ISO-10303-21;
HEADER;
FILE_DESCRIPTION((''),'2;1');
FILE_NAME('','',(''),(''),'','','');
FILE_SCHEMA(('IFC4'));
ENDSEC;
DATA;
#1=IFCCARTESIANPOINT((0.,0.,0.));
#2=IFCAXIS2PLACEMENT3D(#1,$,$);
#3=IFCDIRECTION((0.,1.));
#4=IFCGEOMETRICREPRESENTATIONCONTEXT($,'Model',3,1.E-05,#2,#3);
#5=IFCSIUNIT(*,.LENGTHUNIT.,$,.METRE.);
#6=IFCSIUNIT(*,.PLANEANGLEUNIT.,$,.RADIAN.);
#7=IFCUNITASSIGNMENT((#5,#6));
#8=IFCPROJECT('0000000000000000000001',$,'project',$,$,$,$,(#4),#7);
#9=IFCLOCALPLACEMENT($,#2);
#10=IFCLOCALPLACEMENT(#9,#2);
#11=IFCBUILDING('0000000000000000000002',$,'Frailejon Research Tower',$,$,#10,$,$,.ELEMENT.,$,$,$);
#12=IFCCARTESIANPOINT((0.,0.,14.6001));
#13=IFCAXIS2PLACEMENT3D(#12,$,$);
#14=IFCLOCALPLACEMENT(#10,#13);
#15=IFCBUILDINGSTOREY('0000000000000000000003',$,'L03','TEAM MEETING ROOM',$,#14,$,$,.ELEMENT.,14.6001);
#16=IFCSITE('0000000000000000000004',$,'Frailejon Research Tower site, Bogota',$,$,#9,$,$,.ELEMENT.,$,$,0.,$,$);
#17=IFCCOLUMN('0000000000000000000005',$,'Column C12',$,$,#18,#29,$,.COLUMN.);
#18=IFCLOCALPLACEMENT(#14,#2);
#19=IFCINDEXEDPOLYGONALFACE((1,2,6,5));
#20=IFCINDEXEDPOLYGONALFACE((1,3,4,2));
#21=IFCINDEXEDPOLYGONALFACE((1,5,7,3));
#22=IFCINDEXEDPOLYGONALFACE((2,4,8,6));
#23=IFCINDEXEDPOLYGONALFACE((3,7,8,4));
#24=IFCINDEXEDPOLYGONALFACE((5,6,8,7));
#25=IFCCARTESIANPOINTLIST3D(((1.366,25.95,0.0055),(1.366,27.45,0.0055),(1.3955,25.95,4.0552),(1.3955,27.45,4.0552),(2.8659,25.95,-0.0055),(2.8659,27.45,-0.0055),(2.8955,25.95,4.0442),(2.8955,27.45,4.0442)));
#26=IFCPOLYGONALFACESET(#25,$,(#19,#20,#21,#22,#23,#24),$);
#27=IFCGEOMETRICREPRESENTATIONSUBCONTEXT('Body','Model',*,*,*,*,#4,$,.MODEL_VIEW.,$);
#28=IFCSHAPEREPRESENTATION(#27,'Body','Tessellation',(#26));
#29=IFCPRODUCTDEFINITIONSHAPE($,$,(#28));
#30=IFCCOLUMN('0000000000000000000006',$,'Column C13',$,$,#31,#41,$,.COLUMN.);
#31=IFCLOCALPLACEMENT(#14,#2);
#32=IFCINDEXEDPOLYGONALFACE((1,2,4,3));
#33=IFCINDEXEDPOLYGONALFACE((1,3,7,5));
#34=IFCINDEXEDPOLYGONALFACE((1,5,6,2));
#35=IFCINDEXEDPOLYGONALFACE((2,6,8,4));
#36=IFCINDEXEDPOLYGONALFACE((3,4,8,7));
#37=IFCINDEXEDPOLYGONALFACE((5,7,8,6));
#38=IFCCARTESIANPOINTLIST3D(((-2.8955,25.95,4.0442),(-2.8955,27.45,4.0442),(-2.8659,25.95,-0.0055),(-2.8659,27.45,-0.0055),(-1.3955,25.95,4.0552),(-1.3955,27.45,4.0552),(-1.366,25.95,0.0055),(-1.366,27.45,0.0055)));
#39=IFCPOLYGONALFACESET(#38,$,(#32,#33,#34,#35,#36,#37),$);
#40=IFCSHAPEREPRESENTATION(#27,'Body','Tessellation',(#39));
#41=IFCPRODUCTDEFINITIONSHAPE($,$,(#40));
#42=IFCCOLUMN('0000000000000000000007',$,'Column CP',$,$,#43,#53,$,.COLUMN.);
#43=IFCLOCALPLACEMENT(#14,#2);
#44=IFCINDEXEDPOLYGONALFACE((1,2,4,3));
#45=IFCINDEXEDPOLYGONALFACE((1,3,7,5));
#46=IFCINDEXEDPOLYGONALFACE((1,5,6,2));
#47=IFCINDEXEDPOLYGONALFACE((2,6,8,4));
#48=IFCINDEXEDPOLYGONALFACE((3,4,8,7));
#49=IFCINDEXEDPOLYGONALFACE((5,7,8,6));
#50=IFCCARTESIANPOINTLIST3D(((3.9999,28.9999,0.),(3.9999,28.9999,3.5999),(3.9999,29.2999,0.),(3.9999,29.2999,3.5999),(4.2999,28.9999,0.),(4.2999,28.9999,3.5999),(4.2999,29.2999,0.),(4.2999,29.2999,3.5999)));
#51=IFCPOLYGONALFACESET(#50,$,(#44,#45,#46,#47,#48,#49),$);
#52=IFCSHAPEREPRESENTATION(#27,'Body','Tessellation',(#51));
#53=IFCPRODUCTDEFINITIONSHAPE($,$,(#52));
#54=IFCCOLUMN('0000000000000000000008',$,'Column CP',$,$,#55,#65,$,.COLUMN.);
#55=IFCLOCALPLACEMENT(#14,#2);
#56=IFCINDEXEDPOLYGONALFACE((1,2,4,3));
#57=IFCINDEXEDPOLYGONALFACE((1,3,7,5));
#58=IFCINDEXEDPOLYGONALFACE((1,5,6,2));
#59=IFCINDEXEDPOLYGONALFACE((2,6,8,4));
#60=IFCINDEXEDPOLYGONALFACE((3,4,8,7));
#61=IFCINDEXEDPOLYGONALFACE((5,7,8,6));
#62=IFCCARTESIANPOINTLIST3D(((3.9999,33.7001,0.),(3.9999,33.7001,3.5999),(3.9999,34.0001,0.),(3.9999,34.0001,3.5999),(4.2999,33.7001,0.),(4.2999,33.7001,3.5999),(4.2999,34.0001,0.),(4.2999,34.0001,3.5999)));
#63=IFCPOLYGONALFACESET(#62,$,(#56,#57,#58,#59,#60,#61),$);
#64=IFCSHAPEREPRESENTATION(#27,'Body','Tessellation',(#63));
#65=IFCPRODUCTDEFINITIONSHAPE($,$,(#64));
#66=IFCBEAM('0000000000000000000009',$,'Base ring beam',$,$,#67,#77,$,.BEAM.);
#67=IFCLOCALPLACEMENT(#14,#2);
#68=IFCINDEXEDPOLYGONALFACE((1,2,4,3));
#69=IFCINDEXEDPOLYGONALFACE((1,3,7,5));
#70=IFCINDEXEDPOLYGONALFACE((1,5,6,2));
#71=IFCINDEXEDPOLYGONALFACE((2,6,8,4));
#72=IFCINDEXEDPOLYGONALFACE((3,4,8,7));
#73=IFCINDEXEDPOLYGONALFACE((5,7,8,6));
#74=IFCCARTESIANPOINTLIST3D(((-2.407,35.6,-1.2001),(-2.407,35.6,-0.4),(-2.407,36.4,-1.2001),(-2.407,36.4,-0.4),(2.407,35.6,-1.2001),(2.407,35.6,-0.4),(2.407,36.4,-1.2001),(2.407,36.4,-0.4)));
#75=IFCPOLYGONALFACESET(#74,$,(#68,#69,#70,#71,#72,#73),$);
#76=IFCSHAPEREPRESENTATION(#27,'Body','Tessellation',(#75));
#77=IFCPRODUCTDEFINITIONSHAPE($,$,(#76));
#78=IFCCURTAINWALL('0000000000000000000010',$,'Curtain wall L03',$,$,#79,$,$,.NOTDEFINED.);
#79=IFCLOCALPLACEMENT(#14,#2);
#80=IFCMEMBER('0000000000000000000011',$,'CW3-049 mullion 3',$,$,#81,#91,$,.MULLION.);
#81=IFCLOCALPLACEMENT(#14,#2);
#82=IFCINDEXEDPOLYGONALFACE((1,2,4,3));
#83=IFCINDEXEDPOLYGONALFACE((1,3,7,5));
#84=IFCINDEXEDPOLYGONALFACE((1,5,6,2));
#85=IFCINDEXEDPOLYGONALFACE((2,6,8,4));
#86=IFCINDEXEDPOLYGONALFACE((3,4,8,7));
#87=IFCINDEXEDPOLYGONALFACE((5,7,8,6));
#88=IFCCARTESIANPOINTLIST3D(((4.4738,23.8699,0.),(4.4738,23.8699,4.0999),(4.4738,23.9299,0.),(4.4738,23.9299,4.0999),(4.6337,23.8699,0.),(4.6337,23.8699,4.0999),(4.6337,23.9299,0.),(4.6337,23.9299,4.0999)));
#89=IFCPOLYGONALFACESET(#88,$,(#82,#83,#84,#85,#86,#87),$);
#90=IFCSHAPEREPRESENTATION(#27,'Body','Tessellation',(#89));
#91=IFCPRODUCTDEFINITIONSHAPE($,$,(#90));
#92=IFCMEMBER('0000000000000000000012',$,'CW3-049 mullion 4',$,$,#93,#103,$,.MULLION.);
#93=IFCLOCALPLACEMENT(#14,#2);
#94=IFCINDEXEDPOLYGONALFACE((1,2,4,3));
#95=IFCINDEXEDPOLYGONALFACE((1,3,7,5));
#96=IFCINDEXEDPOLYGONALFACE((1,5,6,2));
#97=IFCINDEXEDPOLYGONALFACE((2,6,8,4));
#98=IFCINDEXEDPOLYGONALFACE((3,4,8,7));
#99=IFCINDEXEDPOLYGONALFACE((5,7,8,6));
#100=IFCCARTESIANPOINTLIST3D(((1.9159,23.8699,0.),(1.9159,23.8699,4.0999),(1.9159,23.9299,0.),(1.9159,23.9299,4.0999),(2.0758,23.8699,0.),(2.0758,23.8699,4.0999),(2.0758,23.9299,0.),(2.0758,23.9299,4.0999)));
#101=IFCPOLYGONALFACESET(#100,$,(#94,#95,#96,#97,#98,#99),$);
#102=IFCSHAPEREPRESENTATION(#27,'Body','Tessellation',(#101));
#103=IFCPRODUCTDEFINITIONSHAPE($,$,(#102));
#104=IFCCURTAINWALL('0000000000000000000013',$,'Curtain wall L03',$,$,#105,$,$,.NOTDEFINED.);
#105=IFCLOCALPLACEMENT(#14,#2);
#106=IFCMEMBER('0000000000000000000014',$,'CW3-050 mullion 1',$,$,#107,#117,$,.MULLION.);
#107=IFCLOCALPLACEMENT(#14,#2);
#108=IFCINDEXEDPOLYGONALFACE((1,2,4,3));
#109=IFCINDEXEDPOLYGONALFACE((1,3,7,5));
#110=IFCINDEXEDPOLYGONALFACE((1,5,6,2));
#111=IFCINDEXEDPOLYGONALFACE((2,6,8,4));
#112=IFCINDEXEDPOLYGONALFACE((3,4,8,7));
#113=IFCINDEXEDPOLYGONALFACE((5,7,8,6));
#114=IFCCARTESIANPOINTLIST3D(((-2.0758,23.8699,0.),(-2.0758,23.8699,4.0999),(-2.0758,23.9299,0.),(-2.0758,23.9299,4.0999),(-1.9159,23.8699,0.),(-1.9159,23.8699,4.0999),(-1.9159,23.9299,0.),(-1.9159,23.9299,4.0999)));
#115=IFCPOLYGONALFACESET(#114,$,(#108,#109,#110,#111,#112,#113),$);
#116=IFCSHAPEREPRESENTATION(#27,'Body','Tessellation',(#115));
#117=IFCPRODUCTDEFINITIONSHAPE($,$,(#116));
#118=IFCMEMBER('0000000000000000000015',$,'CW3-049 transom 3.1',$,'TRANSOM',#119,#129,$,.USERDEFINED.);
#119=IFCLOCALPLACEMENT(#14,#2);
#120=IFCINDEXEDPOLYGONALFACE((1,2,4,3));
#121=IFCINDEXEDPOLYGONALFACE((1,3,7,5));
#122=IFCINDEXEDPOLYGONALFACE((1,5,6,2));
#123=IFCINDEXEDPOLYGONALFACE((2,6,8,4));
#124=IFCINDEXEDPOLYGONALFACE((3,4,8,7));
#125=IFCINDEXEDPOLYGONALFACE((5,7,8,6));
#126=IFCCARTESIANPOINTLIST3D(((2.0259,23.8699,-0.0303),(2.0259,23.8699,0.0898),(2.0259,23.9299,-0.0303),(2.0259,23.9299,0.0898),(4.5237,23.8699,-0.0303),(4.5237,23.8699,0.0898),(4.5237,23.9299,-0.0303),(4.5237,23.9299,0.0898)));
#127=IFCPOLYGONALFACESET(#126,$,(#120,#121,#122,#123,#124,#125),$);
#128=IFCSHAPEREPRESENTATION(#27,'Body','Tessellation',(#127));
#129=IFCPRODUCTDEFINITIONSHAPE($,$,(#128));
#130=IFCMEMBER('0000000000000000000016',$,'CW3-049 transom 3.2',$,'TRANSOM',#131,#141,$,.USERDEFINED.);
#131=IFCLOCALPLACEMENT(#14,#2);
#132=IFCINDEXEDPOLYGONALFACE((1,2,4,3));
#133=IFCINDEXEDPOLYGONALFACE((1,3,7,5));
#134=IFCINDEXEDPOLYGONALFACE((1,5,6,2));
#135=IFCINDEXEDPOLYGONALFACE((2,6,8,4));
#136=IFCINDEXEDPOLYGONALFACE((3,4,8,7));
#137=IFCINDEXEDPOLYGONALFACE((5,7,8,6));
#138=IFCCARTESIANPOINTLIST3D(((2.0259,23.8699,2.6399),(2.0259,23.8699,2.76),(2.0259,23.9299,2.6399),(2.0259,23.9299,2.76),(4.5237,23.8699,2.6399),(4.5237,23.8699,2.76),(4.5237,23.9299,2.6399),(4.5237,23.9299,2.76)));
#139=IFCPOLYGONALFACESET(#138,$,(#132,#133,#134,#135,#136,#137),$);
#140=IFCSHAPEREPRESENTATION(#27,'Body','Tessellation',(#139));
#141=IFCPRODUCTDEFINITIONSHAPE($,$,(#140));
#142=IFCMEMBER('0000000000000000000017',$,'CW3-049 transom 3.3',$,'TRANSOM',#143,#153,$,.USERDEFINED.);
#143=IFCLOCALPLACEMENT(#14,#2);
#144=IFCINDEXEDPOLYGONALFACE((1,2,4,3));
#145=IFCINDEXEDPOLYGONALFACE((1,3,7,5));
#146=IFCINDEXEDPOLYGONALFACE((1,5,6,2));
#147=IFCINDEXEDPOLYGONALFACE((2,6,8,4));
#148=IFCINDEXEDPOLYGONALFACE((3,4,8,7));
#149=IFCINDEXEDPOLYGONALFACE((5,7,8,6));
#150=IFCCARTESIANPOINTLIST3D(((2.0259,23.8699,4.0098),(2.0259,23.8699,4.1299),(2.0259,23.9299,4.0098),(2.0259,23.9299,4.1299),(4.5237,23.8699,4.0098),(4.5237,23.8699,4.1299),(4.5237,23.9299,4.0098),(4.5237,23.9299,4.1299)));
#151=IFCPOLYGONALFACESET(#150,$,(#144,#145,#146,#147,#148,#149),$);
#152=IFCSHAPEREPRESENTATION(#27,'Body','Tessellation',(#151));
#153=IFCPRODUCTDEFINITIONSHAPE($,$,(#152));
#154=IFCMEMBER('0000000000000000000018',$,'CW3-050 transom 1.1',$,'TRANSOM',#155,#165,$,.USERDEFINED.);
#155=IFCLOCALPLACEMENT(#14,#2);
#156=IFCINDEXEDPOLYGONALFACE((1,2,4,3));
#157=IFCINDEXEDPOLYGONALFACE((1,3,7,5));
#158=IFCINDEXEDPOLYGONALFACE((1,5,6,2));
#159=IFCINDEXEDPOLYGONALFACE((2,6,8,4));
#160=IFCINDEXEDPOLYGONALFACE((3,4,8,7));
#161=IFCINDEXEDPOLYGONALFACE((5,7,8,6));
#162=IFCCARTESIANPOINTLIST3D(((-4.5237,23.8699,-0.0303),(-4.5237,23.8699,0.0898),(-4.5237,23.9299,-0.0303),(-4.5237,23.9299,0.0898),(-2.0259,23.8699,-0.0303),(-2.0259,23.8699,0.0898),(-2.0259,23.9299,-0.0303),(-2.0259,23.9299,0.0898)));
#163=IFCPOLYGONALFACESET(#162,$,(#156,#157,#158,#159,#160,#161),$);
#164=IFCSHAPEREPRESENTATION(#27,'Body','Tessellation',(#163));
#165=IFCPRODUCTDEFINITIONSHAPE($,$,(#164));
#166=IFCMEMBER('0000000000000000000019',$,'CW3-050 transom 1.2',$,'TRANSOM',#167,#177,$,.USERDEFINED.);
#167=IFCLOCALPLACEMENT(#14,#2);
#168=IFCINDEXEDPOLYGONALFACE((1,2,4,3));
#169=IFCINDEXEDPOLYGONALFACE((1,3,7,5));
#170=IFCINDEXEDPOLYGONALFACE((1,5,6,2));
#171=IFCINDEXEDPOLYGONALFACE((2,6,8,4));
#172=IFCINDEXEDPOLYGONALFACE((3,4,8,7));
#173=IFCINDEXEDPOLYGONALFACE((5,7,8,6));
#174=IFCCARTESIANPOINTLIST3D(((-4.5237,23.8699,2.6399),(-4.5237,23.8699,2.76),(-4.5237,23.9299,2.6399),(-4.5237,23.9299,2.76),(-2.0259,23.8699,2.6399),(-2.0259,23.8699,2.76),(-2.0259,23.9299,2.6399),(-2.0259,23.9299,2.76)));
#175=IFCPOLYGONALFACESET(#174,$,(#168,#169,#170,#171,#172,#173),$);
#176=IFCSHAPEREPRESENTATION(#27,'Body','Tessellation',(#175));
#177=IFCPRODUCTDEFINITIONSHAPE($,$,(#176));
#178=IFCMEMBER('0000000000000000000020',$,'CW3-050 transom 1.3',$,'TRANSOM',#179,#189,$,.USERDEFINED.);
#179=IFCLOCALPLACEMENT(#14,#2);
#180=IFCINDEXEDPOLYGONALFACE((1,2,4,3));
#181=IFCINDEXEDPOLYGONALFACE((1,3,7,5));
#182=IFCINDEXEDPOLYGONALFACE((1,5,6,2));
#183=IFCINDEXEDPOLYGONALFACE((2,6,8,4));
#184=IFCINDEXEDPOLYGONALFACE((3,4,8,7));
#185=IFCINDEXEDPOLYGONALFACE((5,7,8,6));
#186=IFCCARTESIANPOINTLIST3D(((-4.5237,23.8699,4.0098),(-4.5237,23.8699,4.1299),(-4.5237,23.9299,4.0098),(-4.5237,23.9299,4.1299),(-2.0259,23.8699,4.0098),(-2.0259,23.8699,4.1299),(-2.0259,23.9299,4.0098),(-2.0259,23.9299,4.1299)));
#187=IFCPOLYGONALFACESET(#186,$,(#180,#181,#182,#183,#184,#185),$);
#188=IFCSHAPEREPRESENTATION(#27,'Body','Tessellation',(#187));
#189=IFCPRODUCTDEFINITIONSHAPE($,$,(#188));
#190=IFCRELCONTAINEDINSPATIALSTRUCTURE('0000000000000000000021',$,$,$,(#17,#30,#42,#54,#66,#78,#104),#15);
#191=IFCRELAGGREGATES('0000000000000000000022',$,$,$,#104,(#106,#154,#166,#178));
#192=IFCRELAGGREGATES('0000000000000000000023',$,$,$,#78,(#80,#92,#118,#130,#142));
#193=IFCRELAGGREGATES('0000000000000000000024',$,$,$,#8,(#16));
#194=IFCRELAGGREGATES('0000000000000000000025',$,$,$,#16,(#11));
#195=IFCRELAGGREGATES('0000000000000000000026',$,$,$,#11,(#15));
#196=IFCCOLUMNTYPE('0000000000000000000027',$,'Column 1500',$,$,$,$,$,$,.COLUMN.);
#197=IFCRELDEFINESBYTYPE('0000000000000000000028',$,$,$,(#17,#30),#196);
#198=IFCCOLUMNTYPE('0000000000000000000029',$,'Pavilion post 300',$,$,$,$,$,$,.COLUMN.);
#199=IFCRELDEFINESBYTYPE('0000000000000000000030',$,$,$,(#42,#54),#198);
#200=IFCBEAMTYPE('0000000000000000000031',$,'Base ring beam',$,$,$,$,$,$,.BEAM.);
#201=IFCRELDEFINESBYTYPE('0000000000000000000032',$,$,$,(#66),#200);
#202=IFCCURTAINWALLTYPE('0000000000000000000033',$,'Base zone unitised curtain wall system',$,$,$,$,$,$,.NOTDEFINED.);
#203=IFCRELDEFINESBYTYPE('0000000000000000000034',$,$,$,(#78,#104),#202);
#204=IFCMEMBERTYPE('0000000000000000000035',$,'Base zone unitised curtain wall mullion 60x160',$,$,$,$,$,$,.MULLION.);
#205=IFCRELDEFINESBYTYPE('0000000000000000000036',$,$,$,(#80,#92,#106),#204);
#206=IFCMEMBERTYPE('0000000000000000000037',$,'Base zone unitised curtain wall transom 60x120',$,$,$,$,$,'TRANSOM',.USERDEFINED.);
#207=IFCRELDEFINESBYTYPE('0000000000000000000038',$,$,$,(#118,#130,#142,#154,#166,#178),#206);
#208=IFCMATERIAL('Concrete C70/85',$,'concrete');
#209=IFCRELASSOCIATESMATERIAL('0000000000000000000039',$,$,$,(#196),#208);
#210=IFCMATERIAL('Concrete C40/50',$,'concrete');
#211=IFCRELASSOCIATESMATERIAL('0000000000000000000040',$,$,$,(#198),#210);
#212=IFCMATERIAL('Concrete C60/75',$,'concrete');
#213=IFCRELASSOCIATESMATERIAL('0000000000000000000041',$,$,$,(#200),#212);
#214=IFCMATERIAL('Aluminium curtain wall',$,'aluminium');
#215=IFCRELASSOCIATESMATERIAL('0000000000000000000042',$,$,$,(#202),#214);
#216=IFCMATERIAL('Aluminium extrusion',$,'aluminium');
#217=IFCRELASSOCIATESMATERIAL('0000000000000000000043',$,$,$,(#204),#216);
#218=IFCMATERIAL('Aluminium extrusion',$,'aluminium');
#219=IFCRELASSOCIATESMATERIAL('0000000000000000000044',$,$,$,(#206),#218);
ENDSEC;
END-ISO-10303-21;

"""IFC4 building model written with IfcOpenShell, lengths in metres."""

from ifc_helpers import new_model, si_unit, direction, frame, origin, origin_2d, place, context, subcontext, project, spatial, rectangle, extrude, material, material_profile, profile_set, type_object, element, aggregate, save


model = new_model("IFC4")

# Units and contexts
model_context = context("Model", 3, precision=1e-05, world=origin(), true_north=direction((0.0, 1.0)))
body_context = subcontext(model_context, "Body", "Model", "MODEL_VIEW")
ifc_project = project(units=[si_unit("LENGTHUNIT", "METRE"), si_unit("PLANEANGLEUNIT", "RADIAN")], contexts=[model_context])

# Site, building, storey
site_placement = place(None, origin())
site = spatial("IfcSite", under=ifc_project, at=site_placement, Name="Frailejon Research Tower site, Bogota", CompositionType="ELEMENT", RefElevation=0.0)
building_placement = place(site_placement, origin())
building = spatial("IfcBuilding", under=site, at=building_placement, Name="Frailejon Research Tower", CompositionType="ELEMENT")
storey_placement = place(building_placement, frame((0.0, 0.0, 14.6001)))
storey = spatial("IfcBuildingStorey", under=building, at=storey_placement, Name="L03", Description="TEAM MEETING ROOM", CompositionType="ELEMENT", Elevation=14.6001)

# Columns
ifc_material_1 = material(Name="Concrete C70/85", Category="concrete")
ifc_material_profile_1 = material_profile(ifc_material_1, rectangle(XDim=1.5, YDim=1.5, at=origin_2d()), Name="Column 1500")
ifc_profile_set_1 = profile_set([ifc_material_profile_1], Name="Concrete C70/85")
column_type_1 = type_object("IfcColumnType", Name="Column 1500", PredefinedType="COLUMN", material=ifc_profile_set_1)
for number, where, z_axis, x_axis, name in (
    (1, (2.116, 26.7, 0.0), (0.007294, 0.0, 0.999973), (-0.999973, 0.0, 0.007294), "Column C12"),
    (2, (-2.116, 26.7, 0.0), (-0.007294, 0.0, 0.999973), (-0.999973, 0.0, -0.007294), "Column C13"),
):
    element("IfcColumn", number, at=place(storey_placement, frame(where, z_axis=z_axis, x_axis=x_axis)), inside=storey, type_object=column_type_1, Name=name, PredefinedType="COLUMN", context=body_context, shape_type="SweptSolid", body=[
        extrude(rectangle(XDim=1.5, YDim=1.5, at=origin_2d()), origin(), (0.0, 0.0, 1.0), 4.0498),
    ])
ifc_material_2 = material(Name="Concrete C40/50", Category="concrete")
ifc_material_profile_2 = material_profile(ifc_material_2, rectangle(XDim=0.3, YDim=0.3, at=origin_2d()), Name="Pavilion post 300")
ifc_profile_set_2 = profile_set([ifc_material_profile_2], Name="Concrete C40/50")
column_type_2 = type_object("IfcColumnType", Name="Pavilion post 300", PredefinedType="COLUMN", material=ifc_profile_set_2)
for number, where, z_axis, x_axis, name in (
    (3, (4.1499, 29.1499, 0.0), (0.0, 0.0, 1.0), (1.0, 0.0, 0.0), "Column CP"),
    (4, (4.1499, 33.8501, 0.0), (0.0, 0.0, 1.0), (1.0, 0.0, 0.0), "Column CP"),
):
    element("IfcColumn", number, at=place(storey_placement, frame(where, z_axis=z_axis, x_axis=x_axis)), inside=storey, type_object=column_type_2, Name=name, PredefinedType="COLUMN", context=body_context, shape_type="SweptSolid", body=[
        extrude(rectangle(XDim=0.3, YDim=0.3, at=origin_2d()), origin(), (0.0, 0.0, 1.0), 3.5999),
    ])

# Beam
ifc_material_3 = material(Name="Concrete C60/75", Category="concrete")
ifc_material_profile_3 = material_profile(ifc_material_3, rectangle(XDim=0.8, YDim=0.8, at=origin_2d()), Name="Base ring beam")
ifc_profile_set_3 = profile_set([ifc_material_profile_3], Name="Concrete C60/75")
beam_type_1 = type_object("IfcBeamType", Name="Base ring beam", PredefinedType="BEAM", material=ifc_profile_set_3)
beam_1_placement = place(storey_placement, frame((2.407, 36.0, -0.8), z_axis=(-1.0, 0.0, 0.0), x_axis=(0.0, -1.0, 0.0)))
element("IfcBeam", 5, at=beam_1_placement, inside=storey, type_object=beam_type_1, Name="Base ring beam", PredefinedType="BEAM", context=body_context, shape_type="SweptSolid", body=[
    extrude(rectangle(XDim=0.8, YDim=0.8, at=origin_2d()), origin(), (0.0, 0.0, 1.0), 4.814),
])

# Curtain wall, members
ifc_material_4 = material(Name="Aluminium curtain wall", Category="aluminium")
curtain_wall_type = type_object("IfcCurtainWallType", Name="Base zone unitised curtain wall system", PredefinedType="NOTDEFINED", material=ifc_material_4)
curtain_wall_1_placement = place(storey_placement, origin())
curtain_wall_1 = element("IfcCurtainWall", 6, at=curtain_wall_1_placement, inside=storey, type_object=curtain_wall_type, Name="Curtain wall L03", PredefinedType="NOTDEFINED")
ifc_material_5 = material(Name="Aluminium extrusion", Category="aluminium")
ifc_material_profile_4 = material_profile(ifc_material_5, rectangle(XDim=0.0601, YDim=0.1599, at=origin_2d()), Name="Base zone unitised curtain wall mullion 60x160")
ifc_profile_set_4 = profile_set([ifc_material_profile_4], Name="Aluminium extrusion")
member_type_1 = type_object("IfcMemberType", Name="Base zone unitised curtain wall mullion 60x160", PredefinedType="MULLION", material=ifc_profile_set_4)
member_1_placement = place(storey_placement, frame((4.5537, 23.8999, 0.0), z_axis=(0.0, 0.0, 1.0), x_axis=(0.0, -1.0, 0.0)))
member_1 = element("IfcMember", 7, at=member_1_placement, type_object=member_type_1, Name="CW3-049 mullion 3", PredefinedType="MULLION", context=body_context, shape_type="SweptSolid", body=[
    extrude(rectangle(XDim=0.0601, YDim=0.1599, at=origin_2d()), origin(), (0.0, 0.0, 1.0), 4.0999),
])
member_2_placement = place(storey_placement, frame((1.9958, 23.8999, 0.0), z_axis=(0.0, 0.0, 1.0), x_axis=(0.0, -1.0, 0.0)))
member_2 = element("IfcMember", 8, at=member_2_placement, type_object=member_type_1, Name="CW3-049 mullion 4", PredefinedType="MULLION", context=body_context, shape_type="SweptSolid", body=[
    extrude(rectangle(XDim=0.0601, YDim=0.1599, at=origin_2d()), origin(), (0.0, 0.0, 1.0), 4.0999),
])

# Curtain wall, member
curtain_wall_2_placement = place(storey_placement, origin())
curtain_wall_2 = element("IfcCurtainWall", 9, at=curtain_wall_2_placement, inside=storey, type_object=curtain_wall_type, Name="Curtain wall L03", PredefinedType="NOTDEFINED")
member_3_placement = place(storey_placement, frame((-1.9958, 23.8999, 0.0), z_axis=(0.0, 0.0, 1.0), x_axis=(0.0, -1.0, 0.0)))
member_3 = element("IfcMember", 10, at=member_3_placement, type_object=member_type_1, Name="CW3-050 mullion 1", PredefinedType="MULLION", context=body_context, shape_type="SweptSolid", body=[
    extrude(rectangle(XDim=0.0601, YDim=0.1599, at=origin_2d()), origin(), (0.0, 0.0, 1.0), 4.0999),
])

# Members
ifc_material_6 = material(Name="Aluminium extrusion", Category="aluminium")
ifc_material_profile_5 = material_profile(ifc_material_6, rectangle(XDim=0.0601, YDim=0.1201, at=origin_2d()), Name="Base zone unitised curtain wall transom 60x120")
ifc_profile_set_5 = profile_set([ifc_material_profile_5], Name="Aluminium extrusion")
member_type_2 = type_object("IfcMemberType", Name="Base zone unitised curtain wall transom 60x120", ElementType="TRANSOM", PredefinedType="USERDEFINED", material=ifc_profile_set_5)
member_4_placement = place(storey_placement, frame((4.5237, 23.8999, 0.0298), z_axis=(-1.0, 0.0, 0.0), x_axis=(0.0, -1.0, 0.0)))
member_4 = element("IfcMember", 11, at=member_4_placement, type_object=member_type_2, Name="CW3-049 transom 3.1", ObjectType="TRANSOM", PredefinedType="USERDEFINED", context=body_context, shape_type="SweptSolid", body=[
    extrude(rectangle(XDim=0.0601, YDim=0.1201, at=origin_2d()), origin(), (0.0, 0.0, 1.0), 2.4978),
])
member_5_placement = place(storey_placement, frame((4.5237, 23.8999, 2.7), z_axis=(-1.0, 0.0, 0.0), x_axis=(0.0, -1.0, 0.0)))
member_5 = element("IfcMember", 12, at=member_5_placement, type_object=member_type_2, Name="CW3-049 transom 3.2", ObjectType="TRANSOM", PredefinedType="USERDEFINED", context=body_context, shape_type="SweptSolid", body=[
    extrude(rectangle(XDim=0.0601, YDim=0.1201, at=origin_2d()), origin(), (0.0, 0.0, 1.0), 2.4978),
])
member_6_placement = place(storey_placement, frame((4.5237, 23.8999, 4.0698), z_axis=(-1.0, 0.0, 0.0), x_axis=(0.0, -1.0, 0.0)))
member_6 = element("IfcMember", 13, at=member_6_placement, type_object=member_type_2, Name="CW3-049 transom 3.3", ObjectType="TRANSOM", PredefinedType="USERDEFINED", context=body_context, shape_type="SweptSolid", body=[
    extrude(rectangle(XDim=0.0601, YDim=0.1201, at=origin_2d()), origin(), (0.0, 0.0, 1.0), 2.4978),
])
member_7_placement = place(storey_placement, frame((-2.0259, 23.8999, 0.0298), z_axis=(-1.0, 0.0, 0.0), x_axis=(0.0, -1.0, 0.0)))
member_7 = element("IfcMember", 14, at=member_7_placement, type_object=member_type_2, Name="CW3-050 transom 1.1", ObjectType="TRANSOM", PredefinedType="USERDEFINED", context=body_context, shape_type="SweptSolid", body=[
    extrude(rectangle(XDim=0.0601, YDim=0.1201, at=origin_2d()), origin(), (0.0, 0.0, 1.0), 2.4978),
])
member_8_placement = place(storey_placement, frame((-2.0259, 23.8999, 2.7), z_axis=(-1.0, 0.0, 0.0), x_axis=(0.0, -1.0, 0.0)))
member_8 = element("IfcMember", 15, at=member_8_placement, type_object=member_type_2, Name="CW3-050 transom 1.2", ObjectType="TRANSOM", PredefinedType="USERDEFINED", context=body_context, shape_type="SweptSolid", body=[
    extrude(rectangle(XDim=0.0601, YDim=0.1201, at=origin_2d()), origin(), (0.0, 0.0, 1.0), 2.4978),
])
member_9_placement = place(storey_placement, frame((-2.0259, 23.8999, 4.0698), z_axis=(-1.0, 0.0, 0.0), x_axis=(0.0, -1.0, 0.0)))
member_9 = element("IfcMember", 16, at=member_9_placement, type_object=member_type_2, Name="CW3-050 transom 1.3", ObjectType="TRANSOM", PredefinedType="USERDEFINED", context=body_context, shape_type="SweptSolid", body=[
    extrude(rectangle(XDim=0.0601, YDim=0.1201, at=origin_2d()), origin(), (0.0, 0.0, 1.0), 2.4978),
])
aggregate(curtain_wall_2, [member_3, member_7, member_8, member_9])

aggregate(curtain_wall_1, [member_1, member_2, member_4, member_5, member_6])

save(model, "model.ifc")
